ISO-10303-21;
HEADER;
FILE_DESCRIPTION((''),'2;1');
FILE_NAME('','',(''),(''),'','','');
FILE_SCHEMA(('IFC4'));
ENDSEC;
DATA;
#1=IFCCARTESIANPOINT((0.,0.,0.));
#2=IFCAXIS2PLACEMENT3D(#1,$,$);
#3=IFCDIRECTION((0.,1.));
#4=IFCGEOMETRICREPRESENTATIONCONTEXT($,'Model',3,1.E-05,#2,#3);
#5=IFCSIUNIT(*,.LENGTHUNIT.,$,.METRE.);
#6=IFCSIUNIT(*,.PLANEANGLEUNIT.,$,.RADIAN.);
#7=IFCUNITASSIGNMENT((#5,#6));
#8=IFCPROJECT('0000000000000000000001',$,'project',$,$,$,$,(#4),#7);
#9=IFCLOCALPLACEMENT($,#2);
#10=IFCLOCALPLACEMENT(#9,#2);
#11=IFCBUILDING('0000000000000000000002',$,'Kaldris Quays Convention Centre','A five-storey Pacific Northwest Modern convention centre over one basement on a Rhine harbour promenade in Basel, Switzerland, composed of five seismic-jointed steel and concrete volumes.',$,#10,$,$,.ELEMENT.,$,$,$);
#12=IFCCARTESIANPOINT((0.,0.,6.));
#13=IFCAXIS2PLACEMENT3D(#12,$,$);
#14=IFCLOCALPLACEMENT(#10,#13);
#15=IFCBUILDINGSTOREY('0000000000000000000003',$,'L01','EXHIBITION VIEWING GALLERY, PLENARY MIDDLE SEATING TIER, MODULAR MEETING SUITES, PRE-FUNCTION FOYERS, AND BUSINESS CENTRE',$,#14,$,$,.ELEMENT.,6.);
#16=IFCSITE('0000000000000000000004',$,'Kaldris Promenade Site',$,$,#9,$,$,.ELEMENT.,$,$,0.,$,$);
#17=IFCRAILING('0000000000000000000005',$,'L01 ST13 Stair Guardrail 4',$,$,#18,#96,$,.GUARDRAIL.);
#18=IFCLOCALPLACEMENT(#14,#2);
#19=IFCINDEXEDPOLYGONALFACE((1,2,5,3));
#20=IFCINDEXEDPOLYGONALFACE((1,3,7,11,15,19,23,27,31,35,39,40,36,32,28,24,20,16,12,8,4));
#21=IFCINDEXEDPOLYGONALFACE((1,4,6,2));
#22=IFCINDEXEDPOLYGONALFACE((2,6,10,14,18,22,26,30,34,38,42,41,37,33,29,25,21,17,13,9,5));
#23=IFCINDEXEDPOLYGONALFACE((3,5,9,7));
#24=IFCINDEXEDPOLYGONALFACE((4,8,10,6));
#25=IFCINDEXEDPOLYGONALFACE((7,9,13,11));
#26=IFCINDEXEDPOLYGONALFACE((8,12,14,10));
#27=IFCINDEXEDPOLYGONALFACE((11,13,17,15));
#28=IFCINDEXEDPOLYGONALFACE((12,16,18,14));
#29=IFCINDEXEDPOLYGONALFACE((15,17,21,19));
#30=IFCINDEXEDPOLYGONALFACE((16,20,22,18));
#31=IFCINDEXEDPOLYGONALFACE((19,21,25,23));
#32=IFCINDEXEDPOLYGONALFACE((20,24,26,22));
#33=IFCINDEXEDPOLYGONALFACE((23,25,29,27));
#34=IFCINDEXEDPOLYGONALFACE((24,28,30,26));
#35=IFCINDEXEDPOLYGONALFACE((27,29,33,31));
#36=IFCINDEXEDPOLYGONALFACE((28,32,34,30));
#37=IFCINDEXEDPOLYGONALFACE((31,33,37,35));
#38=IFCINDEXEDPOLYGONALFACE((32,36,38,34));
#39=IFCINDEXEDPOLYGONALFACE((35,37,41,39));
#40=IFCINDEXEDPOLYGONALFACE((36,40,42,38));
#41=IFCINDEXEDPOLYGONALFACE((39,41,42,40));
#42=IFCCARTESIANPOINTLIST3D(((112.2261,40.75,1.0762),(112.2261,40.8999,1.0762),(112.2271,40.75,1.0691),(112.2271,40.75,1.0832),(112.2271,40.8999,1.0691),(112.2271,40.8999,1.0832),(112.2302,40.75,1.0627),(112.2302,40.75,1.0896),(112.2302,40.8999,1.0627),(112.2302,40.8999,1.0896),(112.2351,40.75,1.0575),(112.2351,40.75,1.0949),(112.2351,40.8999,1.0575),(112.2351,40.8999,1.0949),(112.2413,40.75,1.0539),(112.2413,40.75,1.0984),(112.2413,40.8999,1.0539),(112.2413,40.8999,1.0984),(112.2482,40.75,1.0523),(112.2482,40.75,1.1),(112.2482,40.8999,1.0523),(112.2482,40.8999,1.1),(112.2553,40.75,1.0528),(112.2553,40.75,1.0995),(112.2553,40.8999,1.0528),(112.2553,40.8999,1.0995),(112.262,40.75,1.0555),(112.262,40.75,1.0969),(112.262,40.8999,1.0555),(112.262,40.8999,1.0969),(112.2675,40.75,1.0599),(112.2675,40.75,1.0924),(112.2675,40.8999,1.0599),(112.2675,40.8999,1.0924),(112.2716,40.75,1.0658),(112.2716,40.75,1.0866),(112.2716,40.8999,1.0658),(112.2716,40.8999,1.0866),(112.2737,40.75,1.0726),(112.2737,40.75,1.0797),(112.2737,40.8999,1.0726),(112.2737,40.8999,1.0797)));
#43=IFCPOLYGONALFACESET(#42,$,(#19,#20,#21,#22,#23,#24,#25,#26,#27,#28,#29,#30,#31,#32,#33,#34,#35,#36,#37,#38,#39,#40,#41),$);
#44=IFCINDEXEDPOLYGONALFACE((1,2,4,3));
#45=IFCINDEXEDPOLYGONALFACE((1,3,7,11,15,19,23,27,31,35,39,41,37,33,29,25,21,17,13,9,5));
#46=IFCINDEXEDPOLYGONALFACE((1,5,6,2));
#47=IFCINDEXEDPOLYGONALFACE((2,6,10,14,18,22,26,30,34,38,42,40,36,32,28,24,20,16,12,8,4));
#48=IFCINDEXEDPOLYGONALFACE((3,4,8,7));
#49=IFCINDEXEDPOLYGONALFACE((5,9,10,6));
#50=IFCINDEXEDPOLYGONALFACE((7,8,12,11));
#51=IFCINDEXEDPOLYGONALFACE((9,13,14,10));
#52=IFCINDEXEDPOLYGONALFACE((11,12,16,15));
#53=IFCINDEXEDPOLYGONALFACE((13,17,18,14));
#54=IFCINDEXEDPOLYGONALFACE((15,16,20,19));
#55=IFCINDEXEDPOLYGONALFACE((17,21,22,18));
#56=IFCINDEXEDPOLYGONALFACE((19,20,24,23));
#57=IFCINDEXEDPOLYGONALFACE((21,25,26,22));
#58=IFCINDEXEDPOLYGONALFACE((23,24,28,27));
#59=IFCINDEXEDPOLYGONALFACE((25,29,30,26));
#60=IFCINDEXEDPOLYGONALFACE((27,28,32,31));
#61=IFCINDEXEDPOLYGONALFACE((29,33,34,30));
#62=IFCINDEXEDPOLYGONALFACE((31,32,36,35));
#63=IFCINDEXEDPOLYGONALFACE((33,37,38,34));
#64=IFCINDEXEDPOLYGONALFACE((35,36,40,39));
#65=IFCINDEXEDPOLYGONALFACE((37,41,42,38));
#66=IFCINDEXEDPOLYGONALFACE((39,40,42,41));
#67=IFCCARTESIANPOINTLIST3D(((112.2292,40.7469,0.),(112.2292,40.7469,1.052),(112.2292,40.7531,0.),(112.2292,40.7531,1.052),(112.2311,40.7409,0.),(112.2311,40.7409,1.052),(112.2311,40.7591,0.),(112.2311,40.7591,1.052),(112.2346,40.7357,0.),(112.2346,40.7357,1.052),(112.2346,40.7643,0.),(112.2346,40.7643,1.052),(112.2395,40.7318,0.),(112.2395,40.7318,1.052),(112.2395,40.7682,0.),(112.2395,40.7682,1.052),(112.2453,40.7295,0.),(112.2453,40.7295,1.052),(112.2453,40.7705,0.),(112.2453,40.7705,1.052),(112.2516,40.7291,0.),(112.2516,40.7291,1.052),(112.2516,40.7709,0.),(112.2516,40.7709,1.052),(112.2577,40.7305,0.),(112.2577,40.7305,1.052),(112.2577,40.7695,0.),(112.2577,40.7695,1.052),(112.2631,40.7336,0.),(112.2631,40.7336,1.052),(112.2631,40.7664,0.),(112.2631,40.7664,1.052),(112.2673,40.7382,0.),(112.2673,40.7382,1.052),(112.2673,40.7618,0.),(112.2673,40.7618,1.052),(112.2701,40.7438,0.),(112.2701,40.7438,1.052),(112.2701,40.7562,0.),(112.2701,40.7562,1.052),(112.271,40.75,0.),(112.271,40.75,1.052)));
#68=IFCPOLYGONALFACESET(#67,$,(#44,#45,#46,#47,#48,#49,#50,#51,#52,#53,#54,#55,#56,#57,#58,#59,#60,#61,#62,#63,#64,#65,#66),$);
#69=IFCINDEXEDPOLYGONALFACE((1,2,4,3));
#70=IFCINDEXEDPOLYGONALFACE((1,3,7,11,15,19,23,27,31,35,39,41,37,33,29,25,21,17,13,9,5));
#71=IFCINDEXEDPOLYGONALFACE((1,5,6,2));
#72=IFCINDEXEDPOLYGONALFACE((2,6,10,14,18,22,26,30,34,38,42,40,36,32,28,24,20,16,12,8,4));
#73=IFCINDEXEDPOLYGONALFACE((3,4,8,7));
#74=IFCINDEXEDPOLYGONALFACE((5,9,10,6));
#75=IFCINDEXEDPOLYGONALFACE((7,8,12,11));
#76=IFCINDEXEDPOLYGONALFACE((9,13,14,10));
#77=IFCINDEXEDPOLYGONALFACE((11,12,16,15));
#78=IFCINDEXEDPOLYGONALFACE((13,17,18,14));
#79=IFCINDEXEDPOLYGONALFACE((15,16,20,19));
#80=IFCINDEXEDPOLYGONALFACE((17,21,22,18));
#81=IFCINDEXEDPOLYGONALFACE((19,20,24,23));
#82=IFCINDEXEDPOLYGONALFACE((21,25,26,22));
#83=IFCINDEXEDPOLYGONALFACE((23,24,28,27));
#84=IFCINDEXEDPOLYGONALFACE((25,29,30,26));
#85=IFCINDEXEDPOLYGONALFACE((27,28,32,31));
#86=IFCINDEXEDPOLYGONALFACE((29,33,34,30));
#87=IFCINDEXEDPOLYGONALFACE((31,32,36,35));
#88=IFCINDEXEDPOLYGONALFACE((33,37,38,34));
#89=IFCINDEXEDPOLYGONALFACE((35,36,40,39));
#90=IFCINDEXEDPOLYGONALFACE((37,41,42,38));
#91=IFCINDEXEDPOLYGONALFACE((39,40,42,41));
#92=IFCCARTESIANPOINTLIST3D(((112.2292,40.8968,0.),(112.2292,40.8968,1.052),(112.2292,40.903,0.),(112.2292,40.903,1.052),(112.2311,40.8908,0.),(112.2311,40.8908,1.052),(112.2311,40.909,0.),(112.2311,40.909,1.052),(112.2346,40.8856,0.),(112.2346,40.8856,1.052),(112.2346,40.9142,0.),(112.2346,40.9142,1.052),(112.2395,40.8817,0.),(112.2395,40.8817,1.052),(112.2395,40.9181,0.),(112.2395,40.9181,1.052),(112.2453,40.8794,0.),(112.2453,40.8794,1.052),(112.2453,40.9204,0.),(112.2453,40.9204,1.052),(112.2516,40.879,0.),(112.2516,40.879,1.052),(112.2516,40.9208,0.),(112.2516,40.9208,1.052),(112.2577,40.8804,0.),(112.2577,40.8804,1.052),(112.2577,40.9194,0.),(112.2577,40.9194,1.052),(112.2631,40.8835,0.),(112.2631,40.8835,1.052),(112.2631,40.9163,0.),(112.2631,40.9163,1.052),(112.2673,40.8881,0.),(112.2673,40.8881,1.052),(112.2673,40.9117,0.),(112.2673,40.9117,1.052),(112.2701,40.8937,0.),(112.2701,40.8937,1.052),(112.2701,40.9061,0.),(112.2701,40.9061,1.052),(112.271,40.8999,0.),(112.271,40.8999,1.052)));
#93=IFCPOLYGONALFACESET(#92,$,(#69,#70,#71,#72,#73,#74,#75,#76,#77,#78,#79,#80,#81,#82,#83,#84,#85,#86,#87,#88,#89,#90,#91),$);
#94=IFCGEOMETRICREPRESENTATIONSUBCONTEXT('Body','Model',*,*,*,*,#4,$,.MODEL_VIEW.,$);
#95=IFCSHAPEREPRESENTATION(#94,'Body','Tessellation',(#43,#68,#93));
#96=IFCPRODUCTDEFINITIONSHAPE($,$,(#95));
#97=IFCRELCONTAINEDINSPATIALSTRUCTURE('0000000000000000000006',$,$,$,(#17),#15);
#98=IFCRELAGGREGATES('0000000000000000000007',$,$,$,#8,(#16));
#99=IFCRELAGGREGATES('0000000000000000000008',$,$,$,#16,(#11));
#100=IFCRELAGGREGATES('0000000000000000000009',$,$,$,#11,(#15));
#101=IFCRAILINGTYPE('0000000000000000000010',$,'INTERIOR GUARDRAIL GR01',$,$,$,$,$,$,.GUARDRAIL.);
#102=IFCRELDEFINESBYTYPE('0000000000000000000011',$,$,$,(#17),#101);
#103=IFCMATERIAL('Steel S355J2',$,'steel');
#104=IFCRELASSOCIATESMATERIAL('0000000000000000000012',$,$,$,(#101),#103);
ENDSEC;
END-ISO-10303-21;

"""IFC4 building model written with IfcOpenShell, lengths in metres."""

from ifc_helpers import new_model, si_unit, direction, frame, origin, origin_2d, place, context, subcontext, project, spatial, circle, extrude, material, type_object, element, save


model = new_model("IFC4")

# Units and contexts
model_context = context("Model", 3, precision=1e-05, world=origin(), true_north=direction((0.0, 1.0)))
body_context = subcontext(model_context, "Body", "Model", "MODEL_VIEW")
ifc_project = project(units=[si_unit("LENGTHUNIT", "METRE"), si_unit("PLANEANGLEUNIT", "RADIAN")], contexts=[model_context])

# Site, building, storey
site_placement = place(None, origin())
site = spatial("IfcSite", under=ifc_project, at=site_placement, Name="Kaldris Promenade Site", CompositionType="ELEMENT", RefElevation=0.0)
building_placement = place(site_placement, origin())
building = spatial("IfcBuilding", under=site, at=building_placement, Name="Kaldris Quays Convention Centre", Description="A five-storey Pacific Northwest Modern convention centre over one basement on a Rhine harbour promenade in Basel, Switzerland, composed of five seismic-jointed steel and concrete volumes.", CompositionType="ELEMENT")
storey_placement = place(building_placement, frame((0.0, 0.0, 6.0)))
storey = spatial("IfcBuildingStorey", under=building, at=storey_placement, Name="L01", Description="EXHIBITION VIEWING GALLERY, PLENARY MIDDLE SEATING TIER, MODULAR MEETING SUITES, PRE-FUNCTION FOYERS, AND BUSINESS CENTRE", CompositionType="ELEMENT", Elevation=6.0)

# Shared definitions
ifc_material_1 = material(Name="Steel S355J2", Category="steel")

# Railing
railing_type_1 = type_object("IfcRailingType", Name="INTERIOR GUARDRAIL GR01", PredefinedType="GUARDRAIL", material=ifc_material_1)
railing_1_placement = place(storey_placement, frame((112.25, 40.75, 0.0)))
element("IfcRailing", 1, at=railing_1_placement, inside=storey, type_object=railing_type_1, Name="L01 ST13 Stair Guardrail 4", PredefinedType="GUARDRAIL", context=body_context, shape_type="SweptSolid", body=[
    extrude(circle(Radius=0.0239, at=origin_2d()), frame((0.0, 0.0, 1.0762), z_axis=(0.0, 1.0, 0.0), x_axis=(-1.0, 0.0, 0.0)), (0.0, 0.0, 1.0), 0.1499),
    extrude(circle(Radius=0.021, at=origin_2d()), origin(), (0.0, 0.0, 1.0), 1.052),
    extrude(circle(Radius=0.021, at=origin_2d()), frame((0.0, 0.1499, 0.0)), (0.0, 0.0, 1.0), 1.052),
])

save(model, "model.ifc")
